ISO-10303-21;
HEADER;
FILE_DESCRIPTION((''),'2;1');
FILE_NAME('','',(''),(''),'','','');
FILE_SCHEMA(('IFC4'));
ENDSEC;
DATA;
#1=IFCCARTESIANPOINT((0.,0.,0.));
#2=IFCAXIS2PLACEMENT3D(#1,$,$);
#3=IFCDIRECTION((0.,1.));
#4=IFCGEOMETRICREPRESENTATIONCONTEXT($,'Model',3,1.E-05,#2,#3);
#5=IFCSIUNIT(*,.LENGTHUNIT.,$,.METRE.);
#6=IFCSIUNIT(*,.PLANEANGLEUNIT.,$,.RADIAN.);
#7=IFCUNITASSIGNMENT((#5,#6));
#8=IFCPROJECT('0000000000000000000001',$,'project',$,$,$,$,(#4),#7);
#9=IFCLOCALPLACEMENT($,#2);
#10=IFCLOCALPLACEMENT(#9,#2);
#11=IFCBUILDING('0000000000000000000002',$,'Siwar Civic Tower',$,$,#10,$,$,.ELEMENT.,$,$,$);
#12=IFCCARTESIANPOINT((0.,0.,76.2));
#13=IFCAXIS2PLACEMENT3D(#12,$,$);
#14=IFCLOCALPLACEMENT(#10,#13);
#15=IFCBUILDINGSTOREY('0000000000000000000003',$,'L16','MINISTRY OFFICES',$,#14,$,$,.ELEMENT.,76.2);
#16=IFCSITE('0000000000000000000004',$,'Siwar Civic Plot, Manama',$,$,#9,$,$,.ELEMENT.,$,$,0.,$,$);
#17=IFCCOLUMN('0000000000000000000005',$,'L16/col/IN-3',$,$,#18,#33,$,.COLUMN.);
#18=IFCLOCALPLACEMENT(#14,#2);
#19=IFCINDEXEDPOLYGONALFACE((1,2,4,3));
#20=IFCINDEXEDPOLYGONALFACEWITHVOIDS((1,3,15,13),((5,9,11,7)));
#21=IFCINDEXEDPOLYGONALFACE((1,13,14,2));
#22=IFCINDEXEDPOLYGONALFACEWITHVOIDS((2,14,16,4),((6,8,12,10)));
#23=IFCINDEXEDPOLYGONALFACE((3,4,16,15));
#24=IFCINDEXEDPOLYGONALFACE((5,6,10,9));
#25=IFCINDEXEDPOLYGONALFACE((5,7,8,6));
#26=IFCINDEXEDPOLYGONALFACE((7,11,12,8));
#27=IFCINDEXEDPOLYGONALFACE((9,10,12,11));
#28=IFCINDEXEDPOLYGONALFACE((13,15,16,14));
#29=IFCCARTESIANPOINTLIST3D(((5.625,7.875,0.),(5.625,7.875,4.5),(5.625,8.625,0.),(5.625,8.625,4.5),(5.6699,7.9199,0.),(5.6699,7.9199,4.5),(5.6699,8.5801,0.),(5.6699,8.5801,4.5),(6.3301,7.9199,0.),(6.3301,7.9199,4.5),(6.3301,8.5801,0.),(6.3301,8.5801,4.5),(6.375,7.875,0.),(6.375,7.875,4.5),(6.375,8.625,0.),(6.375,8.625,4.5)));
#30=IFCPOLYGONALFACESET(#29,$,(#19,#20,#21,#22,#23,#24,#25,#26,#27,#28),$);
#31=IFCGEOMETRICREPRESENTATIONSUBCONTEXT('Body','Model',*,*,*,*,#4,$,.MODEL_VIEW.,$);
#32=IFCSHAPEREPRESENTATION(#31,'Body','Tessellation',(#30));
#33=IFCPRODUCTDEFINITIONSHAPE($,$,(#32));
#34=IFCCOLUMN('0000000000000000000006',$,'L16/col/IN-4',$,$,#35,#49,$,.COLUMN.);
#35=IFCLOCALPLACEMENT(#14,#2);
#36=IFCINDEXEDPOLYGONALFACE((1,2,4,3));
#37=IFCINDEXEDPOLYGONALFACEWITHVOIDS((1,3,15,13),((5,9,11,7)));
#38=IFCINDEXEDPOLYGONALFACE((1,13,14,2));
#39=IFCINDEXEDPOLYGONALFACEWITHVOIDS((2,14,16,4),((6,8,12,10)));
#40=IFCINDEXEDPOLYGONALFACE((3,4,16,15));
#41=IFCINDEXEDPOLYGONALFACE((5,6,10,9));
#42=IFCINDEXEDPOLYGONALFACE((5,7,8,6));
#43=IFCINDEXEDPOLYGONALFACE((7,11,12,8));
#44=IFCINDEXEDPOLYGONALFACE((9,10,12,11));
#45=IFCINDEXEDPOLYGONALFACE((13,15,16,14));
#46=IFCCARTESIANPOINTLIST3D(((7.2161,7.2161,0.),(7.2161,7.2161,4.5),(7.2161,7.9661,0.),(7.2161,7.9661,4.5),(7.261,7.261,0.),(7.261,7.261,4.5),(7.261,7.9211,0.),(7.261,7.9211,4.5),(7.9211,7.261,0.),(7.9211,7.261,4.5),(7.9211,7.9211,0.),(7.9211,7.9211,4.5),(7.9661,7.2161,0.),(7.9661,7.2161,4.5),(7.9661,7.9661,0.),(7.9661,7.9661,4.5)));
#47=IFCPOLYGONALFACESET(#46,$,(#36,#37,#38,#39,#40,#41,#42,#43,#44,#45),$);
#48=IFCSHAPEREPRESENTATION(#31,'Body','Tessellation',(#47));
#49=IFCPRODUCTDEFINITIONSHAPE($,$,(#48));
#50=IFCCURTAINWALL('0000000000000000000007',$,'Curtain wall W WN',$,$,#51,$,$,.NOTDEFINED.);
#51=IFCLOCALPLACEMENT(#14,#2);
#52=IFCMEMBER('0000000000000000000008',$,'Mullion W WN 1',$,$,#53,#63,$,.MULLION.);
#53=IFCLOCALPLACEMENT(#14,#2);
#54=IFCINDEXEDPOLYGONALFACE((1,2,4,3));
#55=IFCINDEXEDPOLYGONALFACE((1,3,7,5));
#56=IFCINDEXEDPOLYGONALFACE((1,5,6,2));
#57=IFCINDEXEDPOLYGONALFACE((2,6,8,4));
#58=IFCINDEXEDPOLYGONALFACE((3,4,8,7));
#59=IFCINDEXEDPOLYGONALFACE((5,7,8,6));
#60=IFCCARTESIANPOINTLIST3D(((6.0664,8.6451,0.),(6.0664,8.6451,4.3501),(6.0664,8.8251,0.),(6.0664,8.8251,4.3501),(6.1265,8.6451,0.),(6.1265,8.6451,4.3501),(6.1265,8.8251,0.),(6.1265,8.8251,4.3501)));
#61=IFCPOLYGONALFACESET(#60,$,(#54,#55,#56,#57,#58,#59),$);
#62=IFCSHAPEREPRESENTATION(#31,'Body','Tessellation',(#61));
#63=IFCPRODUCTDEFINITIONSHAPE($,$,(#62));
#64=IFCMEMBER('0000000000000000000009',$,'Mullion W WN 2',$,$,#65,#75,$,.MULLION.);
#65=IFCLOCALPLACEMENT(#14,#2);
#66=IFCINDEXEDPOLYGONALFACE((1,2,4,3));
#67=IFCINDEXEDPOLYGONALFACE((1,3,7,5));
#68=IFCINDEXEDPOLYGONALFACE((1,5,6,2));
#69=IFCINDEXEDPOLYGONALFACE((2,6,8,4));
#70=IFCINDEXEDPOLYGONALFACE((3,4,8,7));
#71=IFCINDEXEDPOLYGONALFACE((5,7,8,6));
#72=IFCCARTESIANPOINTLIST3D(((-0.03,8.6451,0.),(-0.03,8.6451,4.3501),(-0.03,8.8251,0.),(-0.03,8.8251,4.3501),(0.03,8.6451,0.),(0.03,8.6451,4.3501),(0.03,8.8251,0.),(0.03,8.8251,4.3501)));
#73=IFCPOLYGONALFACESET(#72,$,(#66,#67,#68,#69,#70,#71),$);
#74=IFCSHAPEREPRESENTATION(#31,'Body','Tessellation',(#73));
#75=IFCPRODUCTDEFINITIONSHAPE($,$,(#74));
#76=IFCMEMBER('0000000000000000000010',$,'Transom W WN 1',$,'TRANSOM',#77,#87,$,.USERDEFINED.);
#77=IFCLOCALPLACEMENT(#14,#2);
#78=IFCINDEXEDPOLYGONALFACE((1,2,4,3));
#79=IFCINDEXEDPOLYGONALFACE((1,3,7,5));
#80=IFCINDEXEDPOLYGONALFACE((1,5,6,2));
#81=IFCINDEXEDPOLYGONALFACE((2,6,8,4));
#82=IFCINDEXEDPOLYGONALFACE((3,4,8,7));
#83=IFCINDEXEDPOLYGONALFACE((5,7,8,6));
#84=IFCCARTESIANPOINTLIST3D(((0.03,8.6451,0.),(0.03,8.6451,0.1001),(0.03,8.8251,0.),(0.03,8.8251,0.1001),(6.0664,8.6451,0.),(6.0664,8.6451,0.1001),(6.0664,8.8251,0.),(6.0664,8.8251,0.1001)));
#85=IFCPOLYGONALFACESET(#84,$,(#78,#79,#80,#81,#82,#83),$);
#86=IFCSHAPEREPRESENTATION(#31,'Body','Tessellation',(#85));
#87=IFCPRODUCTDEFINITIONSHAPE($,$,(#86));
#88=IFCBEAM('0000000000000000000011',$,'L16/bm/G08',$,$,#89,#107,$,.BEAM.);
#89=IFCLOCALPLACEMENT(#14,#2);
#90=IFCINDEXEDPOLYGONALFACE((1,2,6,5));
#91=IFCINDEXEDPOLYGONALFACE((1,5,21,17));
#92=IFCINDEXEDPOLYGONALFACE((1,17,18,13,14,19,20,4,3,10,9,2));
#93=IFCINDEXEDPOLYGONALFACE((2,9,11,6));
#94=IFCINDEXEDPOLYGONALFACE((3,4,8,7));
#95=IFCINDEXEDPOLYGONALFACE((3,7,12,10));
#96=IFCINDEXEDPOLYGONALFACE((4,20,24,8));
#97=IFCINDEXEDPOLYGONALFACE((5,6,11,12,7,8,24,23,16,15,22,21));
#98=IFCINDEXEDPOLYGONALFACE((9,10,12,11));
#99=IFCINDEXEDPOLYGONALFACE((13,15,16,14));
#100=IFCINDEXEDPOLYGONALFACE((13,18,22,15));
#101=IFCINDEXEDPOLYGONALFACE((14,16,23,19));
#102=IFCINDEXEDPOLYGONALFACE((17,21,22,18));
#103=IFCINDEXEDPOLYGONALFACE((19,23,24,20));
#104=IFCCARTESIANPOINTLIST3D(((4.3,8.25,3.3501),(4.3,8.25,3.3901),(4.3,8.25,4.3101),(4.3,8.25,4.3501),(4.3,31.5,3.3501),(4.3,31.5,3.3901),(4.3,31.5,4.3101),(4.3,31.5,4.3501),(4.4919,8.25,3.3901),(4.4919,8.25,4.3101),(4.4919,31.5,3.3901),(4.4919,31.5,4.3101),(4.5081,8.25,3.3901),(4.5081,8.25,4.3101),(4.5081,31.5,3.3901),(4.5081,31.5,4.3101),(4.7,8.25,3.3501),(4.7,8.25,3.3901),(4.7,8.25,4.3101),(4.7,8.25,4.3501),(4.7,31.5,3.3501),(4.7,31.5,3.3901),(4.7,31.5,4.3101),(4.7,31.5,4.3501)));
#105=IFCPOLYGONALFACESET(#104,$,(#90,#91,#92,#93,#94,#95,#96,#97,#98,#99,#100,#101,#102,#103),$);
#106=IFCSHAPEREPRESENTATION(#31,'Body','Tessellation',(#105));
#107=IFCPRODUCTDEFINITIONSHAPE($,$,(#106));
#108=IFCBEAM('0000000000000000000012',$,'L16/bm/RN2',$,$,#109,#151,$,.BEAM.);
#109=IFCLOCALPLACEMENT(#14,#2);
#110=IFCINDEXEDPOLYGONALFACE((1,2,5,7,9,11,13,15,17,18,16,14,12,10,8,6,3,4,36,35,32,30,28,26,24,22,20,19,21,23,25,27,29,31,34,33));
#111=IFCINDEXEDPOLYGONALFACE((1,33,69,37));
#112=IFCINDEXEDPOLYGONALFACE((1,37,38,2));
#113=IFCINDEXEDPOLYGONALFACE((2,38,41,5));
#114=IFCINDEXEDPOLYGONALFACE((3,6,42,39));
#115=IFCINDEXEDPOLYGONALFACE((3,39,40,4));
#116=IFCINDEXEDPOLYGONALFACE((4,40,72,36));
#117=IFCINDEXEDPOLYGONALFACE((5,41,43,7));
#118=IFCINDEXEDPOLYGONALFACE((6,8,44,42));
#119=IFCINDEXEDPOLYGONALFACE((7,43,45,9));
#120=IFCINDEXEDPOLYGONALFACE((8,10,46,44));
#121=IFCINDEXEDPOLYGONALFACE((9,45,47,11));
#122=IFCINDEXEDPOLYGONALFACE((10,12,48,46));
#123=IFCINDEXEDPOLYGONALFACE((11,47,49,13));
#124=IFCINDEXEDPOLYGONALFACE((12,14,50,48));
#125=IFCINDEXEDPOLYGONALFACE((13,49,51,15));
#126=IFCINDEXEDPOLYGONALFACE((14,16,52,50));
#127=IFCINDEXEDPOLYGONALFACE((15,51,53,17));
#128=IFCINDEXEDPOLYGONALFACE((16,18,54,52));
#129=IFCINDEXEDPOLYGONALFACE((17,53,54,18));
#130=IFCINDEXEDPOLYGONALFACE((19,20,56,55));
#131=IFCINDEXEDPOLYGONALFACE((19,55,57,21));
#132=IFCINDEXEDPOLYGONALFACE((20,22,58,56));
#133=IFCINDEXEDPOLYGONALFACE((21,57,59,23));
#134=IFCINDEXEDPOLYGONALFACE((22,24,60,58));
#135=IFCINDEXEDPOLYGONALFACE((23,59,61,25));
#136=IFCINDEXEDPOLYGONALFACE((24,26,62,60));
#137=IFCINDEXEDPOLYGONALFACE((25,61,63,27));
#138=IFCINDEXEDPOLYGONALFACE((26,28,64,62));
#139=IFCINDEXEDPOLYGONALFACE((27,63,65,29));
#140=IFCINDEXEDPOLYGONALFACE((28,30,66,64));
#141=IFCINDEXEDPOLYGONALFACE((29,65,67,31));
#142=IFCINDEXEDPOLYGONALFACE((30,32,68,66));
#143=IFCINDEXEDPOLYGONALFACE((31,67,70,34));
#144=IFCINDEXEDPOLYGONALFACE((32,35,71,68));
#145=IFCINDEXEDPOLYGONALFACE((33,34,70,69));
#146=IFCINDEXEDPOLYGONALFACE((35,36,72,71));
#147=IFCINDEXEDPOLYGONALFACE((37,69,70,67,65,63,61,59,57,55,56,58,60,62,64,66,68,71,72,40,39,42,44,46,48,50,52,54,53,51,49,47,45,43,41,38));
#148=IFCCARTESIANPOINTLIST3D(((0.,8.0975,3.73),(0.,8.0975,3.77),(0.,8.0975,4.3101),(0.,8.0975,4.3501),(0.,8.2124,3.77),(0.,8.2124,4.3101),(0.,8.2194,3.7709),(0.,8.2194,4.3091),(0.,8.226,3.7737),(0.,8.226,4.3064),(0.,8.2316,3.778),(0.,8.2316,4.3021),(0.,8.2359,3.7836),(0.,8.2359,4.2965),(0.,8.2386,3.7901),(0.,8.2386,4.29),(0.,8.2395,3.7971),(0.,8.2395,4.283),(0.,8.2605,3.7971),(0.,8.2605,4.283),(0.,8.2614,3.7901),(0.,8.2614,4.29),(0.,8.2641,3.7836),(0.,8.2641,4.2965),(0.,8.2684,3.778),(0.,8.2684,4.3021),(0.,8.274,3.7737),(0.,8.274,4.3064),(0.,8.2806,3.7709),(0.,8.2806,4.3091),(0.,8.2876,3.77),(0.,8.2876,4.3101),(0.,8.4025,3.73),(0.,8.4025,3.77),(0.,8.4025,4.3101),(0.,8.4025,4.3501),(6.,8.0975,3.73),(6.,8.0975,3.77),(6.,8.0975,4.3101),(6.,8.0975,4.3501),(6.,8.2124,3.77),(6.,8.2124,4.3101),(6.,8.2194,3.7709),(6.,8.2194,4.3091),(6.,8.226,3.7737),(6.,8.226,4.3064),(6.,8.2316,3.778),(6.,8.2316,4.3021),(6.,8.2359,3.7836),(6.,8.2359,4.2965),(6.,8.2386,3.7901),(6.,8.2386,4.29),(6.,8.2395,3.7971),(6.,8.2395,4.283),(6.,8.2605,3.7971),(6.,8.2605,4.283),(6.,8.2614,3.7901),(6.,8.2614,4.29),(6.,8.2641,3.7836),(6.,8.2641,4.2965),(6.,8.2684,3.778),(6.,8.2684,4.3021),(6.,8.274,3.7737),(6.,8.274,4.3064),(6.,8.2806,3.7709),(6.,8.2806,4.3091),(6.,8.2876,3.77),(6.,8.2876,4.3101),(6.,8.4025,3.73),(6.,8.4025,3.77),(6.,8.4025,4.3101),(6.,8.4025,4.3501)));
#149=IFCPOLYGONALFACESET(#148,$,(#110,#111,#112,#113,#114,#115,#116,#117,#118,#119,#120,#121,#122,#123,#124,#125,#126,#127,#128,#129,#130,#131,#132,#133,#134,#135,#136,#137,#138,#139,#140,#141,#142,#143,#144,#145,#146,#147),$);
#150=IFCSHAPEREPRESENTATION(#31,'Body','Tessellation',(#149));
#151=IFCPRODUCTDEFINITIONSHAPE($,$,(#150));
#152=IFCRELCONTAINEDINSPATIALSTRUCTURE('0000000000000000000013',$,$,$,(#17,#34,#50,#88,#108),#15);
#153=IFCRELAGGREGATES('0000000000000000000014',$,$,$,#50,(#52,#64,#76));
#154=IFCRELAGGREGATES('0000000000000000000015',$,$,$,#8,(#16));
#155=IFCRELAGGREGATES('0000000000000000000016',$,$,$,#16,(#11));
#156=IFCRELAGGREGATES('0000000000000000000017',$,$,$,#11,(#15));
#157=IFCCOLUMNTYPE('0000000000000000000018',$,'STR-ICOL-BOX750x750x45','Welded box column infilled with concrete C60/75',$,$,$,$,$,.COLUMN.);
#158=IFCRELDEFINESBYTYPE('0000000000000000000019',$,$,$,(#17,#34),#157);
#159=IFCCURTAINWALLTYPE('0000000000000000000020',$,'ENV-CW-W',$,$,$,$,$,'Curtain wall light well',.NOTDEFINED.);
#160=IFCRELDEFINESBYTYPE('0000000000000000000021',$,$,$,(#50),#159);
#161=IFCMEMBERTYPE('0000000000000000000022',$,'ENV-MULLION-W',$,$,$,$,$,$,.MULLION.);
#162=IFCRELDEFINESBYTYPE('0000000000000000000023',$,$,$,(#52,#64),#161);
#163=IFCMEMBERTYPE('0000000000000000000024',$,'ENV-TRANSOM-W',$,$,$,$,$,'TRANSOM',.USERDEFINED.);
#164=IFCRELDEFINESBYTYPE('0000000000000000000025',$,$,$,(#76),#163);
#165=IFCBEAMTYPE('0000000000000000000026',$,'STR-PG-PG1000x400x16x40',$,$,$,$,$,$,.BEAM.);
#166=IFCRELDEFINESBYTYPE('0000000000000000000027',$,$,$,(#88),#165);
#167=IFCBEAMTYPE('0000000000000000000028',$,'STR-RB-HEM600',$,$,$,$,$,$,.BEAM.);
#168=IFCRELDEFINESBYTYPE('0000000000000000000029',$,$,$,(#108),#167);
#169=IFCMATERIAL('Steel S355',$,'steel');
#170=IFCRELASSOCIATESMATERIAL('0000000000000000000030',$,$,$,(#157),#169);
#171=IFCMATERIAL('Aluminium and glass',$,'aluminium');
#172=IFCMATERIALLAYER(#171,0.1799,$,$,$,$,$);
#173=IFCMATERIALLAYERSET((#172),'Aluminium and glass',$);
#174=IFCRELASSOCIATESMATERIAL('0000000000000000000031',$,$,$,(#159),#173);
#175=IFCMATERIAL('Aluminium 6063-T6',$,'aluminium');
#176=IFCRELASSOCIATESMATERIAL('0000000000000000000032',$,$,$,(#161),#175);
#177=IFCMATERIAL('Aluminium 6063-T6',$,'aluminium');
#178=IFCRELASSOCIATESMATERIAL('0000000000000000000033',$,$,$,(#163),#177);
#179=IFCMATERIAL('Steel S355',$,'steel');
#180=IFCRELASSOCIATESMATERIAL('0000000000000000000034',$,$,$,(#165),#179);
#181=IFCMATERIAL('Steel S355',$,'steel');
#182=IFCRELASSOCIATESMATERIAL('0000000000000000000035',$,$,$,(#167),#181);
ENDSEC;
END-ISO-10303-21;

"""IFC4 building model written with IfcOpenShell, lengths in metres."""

from ifc_helpers import new_model, si_unit, direction, frame, origin, origin_2d, place, context, subcontext, project, spatial, rectangle, hollow_rectangle, i_section, extrude, material, layer, layer_set, material_profile, profile_set, type_object, element, aggregate, save


model = new_model("IFC4")

# Units and contexts
model_context = context("Model", 3, precision=1e-05, world=origin(), true_north=direction((0.0, 1.0)))
body_context = subcontext(model_context, "Body", "Model", "MODEL_VIEW")
ifc_project = project(units=[si_unit("LENGTHUNIT", "METRE"), si_unit("PLANEANGLEUNIT", "RADIAN")], contexts=[model_context])

# Site, building, storey
site_placement = place(None, origin())
site = spatial("IfcSite", under=ifc_project, at=site_placement, Name="Siwar Civic Plot, Manama", CompositionType="ELEMENT", RefElevation=0.0)
building_placement = place(site_placement, origin())
building = spatial("IfcBuilding", under=site, at=building_placement, Name="Siwar Civic Tower", CompositionType="ELEMENT")
storey_placement = place(building_placement, frame((0.0, 0.0, 76.2)))
storey = spatial("IfcBuildingStorey", under=building, at=storey_placement, Name="L16", Description="MINISTRY OFFICES", CompositionType="ELEMENT", Elevation=76.2)

# Columns
ifc_material_1 = material(Name="Steel S355", Category="steel")
ifc_material_profile_1 = material_profile(ifc_material_1, hollow_rectangle(XDim=0.75, YDim=0.75, WallThickness=0.0449, at=origin_2d()), Name="BOX750x750x45")
ifc_profile_set_1 = profile_set([ifc_material_profile_1], Name="Steel S355")
column_type = type_object("IfcColumnType", Name="STR-ICOL-BOX750x750x45", Description="Welded box column infilled with concrete C60/75", PredefinedType="COLUMN", material=ifc_profile_set_1)
for number, where, z_axis, x_axis, name in (
    (1, (6.0, 8.25, 0.0), (0.0, 0.0, 1.0), (1.0, 0.0, 0.0), "L16/col/IN-3"),
    (2, (7.5911, 7.5911, 0.0), (0.0, 0.0, 1.0), (1.0, 0.0, 0.0), "L16/col/IN-4"),
):
    element("IfcColumn", number, at=place(storey_placement, frame(where, z_axis=z_axis, x_axis=x_axis)), inside=storey, type_object=column_type, Name=name, PredefinedType="COLUMN", context=body_context, shape_type="SweptSolid", body=[
        extrude(hollow_rectangle(XDim=0.75, YDim=0.75, WallThickness=0.0449, at=origin_2d()), origin(), (0.0, 0.0, 1.0), 4.5),
    ])

# Curtain wall, members
ifc_material_2 = material(Name="Aluminium and glass", Category="aluminium")
ifc_layer_1 = layer(ifc_material_2, 0.1799)
ifc_layer_set_1 = layer_set([ifc_layer_1], Name="Aluminium and glass")
curtain_wall_type = type_object("IfcCurtainWallType", Name="ENV-CW-W", ElementType="Curtain wall light well", PredefinedType="NOTDEFINED", material=ifc_layer_set_1)
curtain_wall_placement = place(storey_placement, origin())
curtain_wall = element("IfcCurtainWall", 3, at=curtain_wall_placement, inside=storey, type_object=curtain_wall_type, Name="Curtain wall W WN", PredefinedType="NOTDEFINED")
ifc_material_3 = material(Name="Aluminium 6063-T6", Category="aluminium")
ifc_material_profile_2 = material_profile(ifc_material_3, rectangle(XDim=0.1799, YDim=0.0601, at=origin_2d()), Name="AL 180x60")
ifc_profile_set_2 = profile_set([ifc_material_profile_2], Name="Aluminium 6063-T6")
member_type_1 = type_object("IfcMemberType", Name="ENV-MULLION-W", PredefinedType="MULLION", material=ifc_profile_set_2)
member_1_placement = place(storey_placement, frame((6.0964, 8.7351, 0.0), z_axis=(0.0, 0.0, 1.0), x_axis=(0.0, -1.0, 0.0)))
member_1 = element("IfcMember", 4, at=member_1_placement, type_object=member_type_1, Name="Mullion W WN 1", PredefinedType="MULLION", context=body_context, shape_type="SweptSolid", body=[
    extrude(rectangle(XDim=0.1799, YDim=0.0601, at=origin_2d()), origin(), (0.0, 0.0, 1.0), 4.3501),
])
member_2_placement = place(storey_placement, frame((0.0, 8.7351, 0.0), z_axis=(0.0, 0.0, 1.0), x_axis=(0.0, -1.0, 0.0)))
member_2 = element("IfcMember", 5, at=member_2_placement, type_object=member_type_1, Name="Mullion W WN 2", PredefinedType="MULLION", context=body_context, shape_type="SweptSolid", body=[
    extrude(rectangle(XDim=0.1799, YDim=0.0601, at=origin_2d()), origin(), (0.0, 0.0, 1.0), 4.3501),
])
ifc_material_4 = material(Name="Aluminium 6063-T6", Category="aluminium")
ifc_material_profile_3 = material_profile(ifc_material_4, rectangle(XDim=0.1799, YDim=0.1001, at=origin_2d()), Name="AL 180x100")
ifc_profile_set_3 = profile_set([ifc_material_profile_3], Name="Aluminium 6063-T6")
member_type_2 = type_object("IfcMemberType", Name="ENV-TRANSOM-W", ElementType="TRANSOM", PredefinedType="USERDEFINED", material=ifc_profile_set_3)
member_3_placement = place(storey_placement, frame((6.0664, 8.7351, 0.05), z_axis=(-1.0, 0.0, 0.0), x_axis=(0.0, -1.0, 0.0)))
member_3 = element("IfcMember", 6, at=member_3_placement, type_object=member_type_2, Name="Transom W WN 1", ObjectType="TRANSOM", PredefinedType="USERDEFINED", context=body_context, shape_type="SweptSolid", body=[
    extrude(rectangle(XDim=0.1799, YDim=0.1001, at=origin_2d()), origin(), (0.0, 0.0, 1.0), 6.0364),
])

# Beams
ifc_material_5 = material(Name="Steel S355", Category="steel")
ifc_material_profile_4 = material_profile(ifc_material_5, i_section(OverallWidth=0.3999, OverallDepth=1.0, WebThickness=0.0161, FlangeThickness=0.04, at=origin_2d()), Name="PG1000x400x16x40")
ifc_profile_set_4 = profile_set([ifc_material_profile_4], Name="Steel S355")
beam_type_1 = type_object("IfcBeamType", Name="STR-PG-PG1000x400x16x40", PredefinedType="BEAM", material=ifc_profile_set_4)
beam_1_placement = place(storey_placement, frame((4.5, 8.25, 3.8501), z_axis=(0.0, 1.0, 0.0), x_axis=(-1.0, 0.0, 0.0)))
element("IfcBeam", 7, at=beam_1_placement, inside=storey, type_object=beam_type_1, Name="L16/bm/G08", PredefinedType="BEAM", context=body_context, shape_type="SweptSolid", body=[
    extrude(i_section(OverallWidth=0.3999, OverallDepth=1.0, WebThickness=0.0161, FlangeThickness=0.04, at=origin_2d()), origin(), (0.0, 0.0, 1.0), 23.25),
])
ifc_material_6 = material(Name="Steel S355", Category="steel")
ifc_material_profile_5 = material_profile(ifc_material_6, i_section(OverallWidth=0.3049, OverallDepth=0.6201, WebThickness=0.021, FlangeThickness=0.04, FilletRadius=0.0271, at=origin_2d()), Name="HEM600")
ifc_profile_set_5 = profile_set([ifc_material_profile_5], Name="Steel S355")
beam_type_2 = type_object("IfcBeamType", Name="STR-RB-HEM600", PredefinedType="BEAM", material=ifc_profile_set_5)
beam_2_placement = place(storey_placement, frame((0.0, 8.25, 4.04), z_axis=(1.0, 0.0, 0.0), x_axis=(0.0, 1.0, 0.0)))
element("IfcBeam", 8, at=beam_2_placement, inside=storey, type_object=beam_type_2, Name="L16/bm/RN2", PredefinedType="BEAM", context=body_context, shape_type="SweptSolid", body=[
    extrude(i_section(OverallWidth=0.3049, OverallDepth=0.6201, WebThickness=0.021, FlangeThickness=0.04, FilletRadius=0.0271, at=origin_2d()), origin(), (0.0, 0.0, 1.0), 6.0),
])

aggregate(curtain_wall, [member_1, member_2, member_3])

save(model, "model.ifc")
